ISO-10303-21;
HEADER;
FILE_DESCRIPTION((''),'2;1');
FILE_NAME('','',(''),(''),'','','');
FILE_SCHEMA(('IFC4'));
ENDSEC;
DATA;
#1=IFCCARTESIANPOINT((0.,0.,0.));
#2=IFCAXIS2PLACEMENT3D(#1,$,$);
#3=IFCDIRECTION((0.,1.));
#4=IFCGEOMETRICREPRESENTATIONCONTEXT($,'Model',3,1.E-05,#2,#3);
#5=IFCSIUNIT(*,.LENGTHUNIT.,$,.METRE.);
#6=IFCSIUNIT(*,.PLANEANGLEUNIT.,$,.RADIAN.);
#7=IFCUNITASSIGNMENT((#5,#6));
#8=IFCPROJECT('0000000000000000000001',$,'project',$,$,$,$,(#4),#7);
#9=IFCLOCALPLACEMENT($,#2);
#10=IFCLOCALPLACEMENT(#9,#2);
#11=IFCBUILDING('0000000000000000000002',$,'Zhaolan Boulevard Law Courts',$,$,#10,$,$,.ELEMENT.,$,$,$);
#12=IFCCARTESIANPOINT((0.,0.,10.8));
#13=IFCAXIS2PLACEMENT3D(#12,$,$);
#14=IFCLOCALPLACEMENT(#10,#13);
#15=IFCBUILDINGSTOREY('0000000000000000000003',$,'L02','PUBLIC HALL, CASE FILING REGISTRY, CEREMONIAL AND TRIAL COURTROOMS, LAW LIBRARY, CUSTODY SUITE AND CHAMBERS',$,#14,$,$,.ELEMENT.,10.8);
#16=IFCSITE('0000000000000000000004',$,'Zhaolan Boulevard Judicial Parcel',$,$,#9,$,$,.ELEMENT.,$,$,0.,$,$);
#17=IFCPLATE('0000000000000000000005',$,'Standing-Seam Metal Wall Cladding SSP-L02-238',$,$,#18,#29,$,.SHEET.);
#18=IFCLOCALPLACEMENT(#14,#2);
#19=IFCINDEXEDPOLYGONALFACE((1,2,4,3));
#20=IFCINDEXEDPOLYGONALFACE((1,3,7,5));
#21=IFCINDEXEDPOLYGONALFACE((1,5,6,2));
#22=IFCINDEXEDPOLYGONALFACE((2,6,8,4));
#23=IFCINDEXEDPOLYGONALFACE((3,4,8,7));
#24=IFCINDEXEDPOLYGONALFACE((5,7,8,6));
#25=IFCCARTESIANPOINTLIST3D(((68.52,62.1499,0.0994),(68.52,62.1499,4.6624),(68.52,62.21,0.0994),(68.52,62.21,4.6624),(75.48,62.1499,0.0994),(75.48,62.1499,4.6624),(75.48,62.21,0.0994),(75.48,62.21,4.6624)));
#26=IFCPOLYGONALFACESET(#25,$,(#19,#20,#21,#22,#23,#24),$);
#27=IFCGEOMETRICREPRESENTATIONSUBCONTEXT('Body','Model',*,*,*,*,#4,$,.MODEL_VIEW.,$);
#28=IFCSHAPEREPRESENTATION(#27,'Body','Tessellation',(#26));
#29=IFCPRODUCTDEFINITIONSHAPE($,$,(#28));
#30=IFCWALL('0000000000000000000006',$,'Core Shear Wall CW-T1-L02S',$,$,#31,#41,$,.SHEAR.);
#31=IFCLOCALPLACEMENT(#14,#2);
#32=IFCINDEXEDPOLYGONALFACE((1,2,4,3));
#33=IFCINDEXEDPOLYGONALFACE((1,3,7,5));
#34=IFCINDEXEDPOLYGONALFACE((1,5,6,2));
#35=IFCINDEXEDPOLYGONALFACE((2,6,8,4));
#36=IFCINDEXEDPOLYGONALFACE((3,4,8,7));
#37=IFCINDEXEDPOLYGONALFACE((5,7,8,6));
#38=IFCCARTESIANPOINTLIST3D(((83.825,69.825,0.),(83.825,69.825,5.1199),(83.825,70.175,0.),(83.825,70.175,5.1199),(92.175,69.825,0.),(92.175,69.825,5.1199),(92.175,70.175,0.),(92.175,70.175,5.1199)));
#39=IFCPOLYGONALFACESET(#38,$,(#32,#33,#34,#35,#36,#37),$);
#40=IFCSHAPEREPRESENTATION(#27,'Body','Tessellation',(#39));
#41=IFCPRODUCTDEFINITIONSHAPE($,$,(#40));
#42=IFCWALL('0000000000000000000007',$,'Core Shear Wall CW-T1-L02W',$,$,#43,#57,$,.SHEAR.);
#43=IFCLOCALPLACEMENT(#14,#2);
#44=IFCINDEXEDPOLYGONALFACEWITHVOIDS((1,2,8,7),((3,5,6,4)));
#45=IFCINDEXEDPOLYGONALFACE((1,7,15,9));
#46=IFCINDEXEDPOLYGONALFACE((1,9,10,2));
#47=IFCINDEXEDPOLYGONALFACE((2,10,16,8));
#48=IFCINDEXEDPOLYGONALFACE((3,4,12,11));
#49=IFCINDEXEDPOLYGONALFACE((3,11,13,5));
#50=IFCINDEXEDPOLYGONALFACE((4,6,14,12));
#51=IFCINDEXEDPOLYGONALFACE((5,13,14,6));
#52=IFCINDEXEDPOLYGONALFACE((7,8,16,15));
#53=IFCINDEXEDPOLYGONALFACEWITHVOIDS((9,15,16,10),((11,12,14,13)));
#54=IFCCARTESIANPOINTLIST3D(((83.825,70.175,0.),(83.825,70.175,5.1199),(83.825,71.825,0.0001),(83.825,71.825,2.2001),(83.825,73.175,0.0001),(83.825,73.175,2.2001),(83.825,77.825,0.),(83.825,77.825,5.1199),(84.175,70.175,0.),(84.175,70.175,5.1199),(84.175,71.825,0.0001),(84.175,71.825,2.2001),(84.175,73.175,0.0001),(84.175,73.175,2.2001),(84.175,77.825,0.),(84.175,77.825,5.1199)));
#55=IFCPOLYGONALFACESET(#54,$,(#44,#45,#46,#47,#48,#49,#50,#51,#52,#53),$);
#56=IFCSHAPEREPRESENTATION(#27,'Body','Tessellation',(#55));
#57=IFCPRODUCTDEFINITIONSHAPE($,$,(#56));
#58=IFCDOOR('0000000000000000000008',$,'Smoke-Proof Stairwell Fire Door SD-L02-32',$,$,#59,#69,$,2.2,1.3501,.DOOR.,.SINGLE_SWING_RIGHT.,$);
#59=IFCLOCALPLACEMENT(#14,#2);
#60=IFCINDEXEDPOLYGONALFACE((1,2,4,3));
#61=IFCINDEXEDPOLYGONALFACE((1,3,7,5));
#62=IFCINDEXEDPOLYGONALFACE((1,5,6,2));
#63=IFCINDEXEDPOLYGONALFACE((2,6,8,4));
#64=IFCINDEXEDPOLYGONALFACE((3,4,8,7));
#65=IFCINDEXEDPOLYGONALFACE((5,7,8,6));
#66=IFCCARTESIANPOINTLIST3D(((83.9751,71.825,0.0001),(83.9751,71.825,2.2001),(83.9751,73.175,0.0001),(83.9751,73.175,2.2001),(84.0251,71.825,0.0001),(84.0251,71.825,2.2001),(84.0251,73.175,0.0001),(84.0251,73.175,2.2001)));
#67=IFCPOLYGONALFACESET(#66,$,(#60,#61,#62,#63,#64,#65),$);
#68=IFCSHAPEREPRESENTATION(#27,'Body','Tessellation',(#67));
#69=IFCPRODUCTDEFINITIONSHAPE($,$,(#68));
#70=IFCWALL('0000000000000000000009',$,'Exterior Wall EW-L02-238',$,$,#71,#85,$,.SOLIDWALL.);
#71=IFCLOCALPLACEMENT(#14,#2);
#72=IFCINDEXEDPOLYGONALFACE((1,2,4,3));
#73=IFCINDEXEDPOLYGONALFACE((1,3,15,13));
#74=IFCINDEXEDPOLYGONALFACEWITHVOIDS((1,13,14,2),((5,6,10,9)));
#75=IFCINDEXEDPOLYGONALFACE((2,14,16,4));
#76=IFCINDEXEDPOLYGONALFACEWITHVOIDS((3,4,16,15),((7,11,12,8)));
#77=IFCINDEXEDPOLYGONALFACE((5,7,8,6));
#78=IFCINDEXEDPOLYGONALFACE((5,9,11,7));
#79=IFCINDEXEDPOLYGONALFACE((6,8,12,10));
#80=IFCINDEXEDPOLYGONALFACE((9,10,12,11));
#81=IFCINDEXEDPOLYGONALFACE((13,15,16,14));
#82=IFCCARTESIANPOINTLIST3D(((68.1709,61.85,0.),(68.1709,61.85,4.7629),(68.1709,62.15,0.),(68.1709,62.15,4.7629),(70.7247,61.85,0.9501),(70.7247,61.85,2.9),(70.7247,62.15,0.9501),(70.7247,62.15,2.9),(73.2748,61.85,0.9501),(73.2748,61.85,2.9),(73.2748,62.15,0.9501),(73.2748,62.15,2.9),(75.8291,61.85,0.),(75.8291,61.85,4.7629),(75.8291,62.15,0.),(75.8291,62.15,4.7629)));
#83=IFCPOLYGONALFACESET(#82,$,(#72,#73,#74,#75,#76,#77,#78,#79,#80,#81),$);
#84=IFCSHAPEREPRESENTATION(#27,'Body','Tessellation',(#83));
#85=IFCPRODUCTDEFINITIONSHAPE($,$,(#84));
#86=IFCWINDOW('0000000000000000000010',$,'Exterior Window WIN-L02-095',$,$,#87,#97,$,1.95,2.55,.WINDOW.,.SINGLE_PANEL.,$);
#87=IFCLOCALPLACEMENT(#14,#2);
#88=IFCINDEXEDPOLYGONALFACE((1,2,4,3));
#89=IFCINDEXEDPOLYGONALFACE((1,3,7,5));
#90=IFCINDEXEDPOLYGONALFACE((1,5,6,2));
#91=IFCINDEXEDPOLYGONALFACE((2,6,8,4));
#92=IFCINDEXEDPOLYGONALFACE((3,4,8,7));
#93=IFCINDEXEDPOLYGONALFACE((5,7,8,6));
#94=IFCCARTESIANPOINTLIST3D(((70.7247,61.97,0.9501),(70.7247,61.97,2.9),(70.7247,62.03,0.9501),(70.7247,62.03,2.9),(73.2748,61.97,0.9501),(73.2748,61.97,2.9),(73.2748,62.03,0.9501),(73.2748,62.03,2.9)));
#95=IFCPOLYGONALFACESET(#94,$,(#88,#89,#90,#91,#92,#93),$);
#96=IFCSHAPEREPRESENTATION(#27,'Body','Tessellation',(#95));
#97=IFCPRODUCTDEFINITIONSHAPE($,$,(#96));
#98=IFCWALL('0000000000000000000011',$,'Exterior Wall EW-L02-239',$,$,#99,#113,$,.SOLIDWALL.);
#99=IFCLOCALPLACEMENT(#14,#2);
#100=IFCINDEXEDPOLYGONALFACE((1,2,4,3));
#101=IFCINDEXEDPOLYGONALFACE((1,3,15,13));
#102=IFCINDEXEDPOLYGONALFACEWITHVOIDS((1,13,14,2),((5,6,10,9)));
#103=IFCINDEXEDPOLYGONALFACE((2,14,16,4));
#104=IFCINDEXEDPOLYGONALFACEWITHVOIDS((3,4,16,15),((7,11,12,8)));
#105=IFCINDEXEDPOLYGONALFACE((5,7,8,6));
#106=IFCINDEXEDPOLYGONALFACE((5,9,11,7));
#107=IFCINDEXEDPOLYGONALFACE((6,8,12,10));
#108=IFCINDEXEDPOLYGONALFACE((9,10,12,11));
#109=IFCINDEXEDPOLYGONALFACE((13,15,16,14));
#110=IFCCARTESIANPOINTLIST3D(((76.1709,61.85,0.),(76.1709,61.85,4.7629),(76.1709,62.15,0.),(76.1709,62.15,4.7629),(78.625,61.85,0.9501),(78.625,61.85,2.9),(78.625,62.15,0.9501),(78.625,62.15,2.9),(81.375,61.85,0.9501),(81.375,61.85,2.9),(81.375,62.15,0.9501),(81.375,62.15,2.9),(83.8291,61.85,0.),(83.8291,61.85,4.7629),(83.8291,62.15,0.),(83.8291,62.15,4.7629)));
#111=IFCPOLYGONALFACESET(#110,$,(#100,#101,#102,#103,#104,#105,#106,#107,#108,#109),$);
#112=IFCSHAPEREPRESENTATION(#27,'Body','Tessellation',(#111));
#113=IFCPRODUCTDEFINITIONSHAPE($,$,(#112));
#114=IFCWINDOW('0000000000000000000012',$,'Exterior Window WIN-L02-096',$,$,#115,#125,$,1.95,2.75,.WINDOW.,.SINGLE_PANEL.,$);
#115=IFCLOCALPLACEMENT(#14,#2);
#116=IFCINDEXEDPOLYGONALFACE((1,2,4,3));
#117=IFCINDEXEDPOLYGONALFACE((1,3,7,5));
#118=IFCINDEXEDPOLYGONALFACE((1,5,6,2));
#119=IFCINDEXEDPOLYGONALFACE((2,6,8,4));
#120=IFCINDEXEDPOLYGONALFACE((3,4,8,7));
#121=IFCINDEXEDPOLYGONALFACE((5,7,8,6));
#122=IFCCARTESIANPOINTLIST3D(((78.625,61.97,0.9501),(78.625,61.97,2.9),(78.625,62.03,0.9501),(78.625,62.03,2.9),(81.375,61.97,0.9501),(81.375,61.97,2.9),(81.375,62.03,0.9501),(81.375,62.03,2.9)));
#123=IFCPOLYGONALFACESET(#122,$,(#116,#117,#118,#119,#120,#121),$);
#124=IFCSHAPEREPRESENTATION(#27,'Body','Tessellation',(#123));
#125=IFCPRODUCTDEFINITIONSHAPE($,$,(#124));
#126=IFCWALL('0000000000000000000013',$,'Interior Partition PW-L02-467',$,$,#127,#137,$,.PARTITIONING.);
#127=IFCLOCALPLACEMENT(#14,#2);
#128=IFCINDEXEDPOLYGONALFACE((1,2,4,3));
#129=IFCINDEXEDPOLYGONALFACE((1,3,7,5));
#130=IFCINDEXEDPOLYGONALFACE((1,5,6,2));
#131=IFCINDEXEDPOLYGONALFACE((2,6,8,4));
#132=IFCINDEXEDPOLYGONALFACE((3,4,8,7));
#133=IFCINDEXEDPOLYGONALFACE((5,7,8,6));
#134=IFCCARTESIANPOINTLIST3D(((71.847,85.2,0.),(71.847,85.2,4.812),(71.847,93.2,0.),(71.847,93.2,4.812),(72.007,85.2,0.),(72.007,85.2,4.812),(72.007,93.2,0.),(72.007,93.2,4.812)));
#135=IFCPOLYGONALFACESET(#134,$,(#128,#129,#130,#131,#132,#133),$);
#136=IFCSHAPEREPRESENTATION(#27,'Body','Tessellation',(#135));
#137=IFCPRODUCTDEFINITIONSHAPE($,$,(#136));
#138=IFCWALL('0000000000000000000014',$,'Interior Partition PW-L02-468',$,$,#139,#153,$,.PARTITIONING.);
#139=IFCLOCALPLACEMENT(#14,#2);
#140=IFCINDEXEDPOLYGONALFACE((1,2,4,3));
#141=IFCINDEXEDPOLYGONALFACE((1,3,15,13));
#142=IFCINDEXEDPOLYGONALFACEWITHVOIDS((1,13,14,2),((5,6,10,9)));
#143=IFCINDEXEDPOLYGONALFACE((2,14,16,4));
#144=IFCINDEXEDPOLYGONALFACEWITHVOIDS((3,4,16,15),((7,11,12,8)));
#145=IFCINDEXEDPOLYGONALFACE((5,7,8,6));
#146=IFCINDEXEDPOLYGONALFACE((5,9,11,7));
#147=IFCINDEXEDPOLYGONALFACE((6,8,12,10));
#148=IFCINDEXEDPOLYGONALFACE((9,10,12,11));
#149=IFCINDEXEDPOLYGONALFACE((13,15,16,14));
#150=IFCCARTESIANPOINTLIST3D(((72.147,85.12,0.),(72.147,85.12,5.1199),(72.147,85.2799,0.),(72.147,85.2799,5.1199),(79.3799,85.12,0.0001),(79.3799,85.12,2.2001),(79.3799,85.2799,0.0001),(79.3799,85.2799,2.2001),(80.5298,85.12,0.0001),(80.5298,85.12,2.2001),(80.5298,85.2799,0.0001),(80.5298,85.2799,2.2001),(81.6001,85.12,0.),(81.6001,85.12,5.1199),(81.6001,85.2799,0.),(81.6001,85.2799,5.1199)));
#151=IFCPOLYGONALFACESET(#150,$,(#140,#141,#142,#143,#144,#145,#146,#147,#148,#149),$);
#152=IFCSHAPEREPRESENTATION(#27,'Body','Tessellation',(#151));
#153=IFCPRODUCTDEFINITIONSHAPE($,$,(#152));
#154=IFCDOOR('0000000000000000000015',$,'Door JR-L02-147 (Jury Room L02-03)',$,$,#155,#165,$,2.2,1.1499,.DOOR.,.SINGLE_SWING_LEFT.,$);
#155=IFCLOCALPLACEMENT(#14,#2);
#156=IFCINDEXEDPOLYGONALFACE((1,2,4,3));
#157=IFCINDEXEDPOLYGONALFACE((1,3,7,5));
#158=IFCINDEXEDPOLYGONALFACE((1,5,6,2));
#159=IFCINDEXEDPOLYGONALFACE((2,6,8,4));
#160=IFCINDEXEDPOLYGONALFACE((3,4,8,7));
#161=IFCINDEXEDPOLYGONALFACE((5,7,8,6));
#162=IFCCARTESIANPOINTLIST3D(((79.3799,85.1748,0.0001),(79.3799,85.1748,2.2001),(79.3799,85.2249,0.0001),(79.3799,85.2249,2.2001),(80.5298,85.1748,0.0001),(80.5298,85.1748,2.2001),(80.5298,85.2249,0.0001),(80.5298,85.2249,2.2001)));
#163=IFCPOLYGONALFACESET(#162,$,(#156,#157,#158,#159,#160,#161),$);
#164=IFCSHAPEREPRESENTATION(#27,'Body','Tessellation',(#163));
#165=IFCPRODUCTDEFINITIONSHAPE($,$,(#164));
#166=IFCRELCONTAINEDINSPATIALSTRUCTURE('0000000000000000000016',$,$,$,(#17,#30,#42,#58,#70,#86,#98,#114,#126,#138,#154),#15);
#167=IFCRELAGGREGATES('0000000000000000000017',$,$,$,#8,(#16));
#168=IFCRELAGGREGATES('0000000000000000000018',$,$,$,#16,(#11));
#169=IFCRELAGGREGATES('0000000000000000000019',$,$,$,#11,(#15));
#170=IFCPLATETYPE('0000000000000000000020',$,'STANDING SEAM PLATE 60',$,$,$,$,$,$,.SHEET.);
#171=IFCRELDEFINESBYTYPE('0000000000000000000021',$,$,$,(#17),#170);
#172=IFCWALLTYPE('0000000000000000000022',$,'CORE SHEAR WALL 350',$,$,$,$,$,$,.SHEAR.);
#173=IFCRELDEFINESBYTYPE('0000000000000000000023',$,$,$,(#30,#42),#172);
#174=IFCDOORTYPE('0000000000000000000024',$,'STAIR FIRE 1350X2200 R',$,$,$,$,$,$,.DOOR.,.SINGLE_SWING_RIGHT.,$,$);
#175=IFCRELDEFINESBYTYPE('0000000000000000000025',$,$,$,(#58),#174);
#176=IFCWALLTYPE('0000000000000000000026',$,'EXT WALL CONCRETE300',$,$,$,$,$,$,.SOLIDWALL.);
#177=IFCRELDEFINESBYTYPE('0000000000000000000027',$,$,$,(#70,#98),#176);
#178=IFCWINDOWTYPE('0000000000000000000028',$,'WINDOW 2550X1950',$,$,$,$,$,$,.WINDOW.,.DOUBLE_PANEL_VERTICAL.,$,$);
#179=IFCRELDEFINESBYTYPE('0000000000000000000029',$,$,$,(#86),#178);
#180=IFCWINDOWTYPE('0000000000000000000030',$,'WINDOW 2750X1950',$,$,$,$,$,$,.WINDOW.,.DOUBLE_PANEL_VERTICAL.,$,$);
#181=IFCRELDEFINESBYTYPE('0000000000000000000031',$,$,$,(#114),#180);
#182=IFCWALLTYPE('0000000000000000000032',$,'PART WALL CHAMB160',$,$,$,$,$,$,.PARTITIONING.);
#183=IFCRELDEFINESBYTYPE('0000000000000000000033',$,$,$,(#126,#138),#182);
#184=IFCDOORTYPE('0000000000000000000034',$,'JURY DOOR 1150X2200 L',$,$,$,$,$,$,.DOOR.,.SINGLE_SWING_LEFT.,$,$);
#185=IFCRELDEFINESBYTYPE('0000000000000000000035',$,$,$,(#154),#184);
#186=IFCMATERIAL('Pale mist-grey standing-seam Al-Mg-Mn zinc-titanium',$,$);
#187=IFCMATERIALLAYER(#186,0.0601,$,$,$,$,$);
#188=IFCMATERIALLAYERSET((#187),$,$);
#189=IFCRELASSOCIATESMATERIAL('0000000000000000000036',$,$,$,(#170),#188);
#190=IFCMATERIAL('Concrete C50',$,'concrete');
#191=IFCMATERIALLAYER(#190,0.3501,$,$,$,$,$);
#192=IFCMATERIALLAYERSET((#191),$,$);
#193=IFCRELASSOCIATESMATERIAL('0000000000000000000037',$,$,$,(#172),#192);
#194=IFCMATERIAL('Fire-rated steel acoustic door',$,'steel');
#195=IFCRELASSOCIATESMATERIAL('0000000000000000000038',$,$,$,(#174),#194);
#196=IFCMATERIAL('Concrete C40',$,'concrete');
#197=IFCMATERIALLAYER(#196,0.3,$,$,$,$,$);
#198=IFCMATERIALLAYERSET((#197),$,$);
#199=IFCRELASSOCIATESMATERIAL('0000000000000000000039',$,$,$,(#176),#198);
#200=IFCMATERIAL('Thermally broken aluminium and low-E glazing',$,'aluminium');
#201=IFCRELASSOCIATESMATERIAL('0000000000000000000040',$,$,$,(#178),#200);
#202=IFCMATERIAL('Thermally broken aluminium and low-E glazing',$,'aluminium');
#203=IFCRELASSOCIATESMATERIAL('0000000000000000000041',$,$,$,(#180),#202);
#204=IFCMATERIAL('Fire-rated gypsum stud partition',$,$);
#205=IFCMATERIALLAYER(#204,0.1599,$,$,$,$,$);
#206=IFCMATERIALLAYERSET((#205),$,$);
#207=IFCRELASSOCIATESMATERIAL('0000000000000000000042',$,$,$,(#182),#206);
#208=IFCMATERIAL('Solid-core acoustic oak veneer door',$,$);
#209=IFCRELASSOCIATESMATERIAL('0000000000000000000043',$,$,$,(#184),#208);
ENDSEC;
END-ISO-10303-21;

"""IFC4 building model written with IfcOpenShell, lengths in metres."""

from ifc_helpers import new_model, si_unit, direction, frame, frame_2d, origin, origin_2d, place, context, subcontext, project, spatial, rectangle, extrude, material, layer, layer_set, type_object, element, fill, save


model = new_model("IFC4")

# Units and contexts
model_context = context("Model", 3, precision=1e-05, world=origin(), true_north=direction((0.0, 1.0)))
body_context = subcontext(model_context, "Body", "Model", "MODEL_VIEW")
ifc_project = project(units=[si_unit("LENGTHUNIT", "METRE"), si_unit("PLANEANGLEUNIT", "RADIAN")], contexts=[model_context])

# Site, building, storey
site_placement = place(None, origin())
site = spatial("IfcSite", under=ifc_project, at=site_placement, Name="Zhaolan Boulevard Judicial Parcel", CompositionType="ELEMENT", RefElevation=0.0)
building_placement = place(site_placement, origin())
building = spatial("IfcBuilding", under=site, at=building_placement, Name="Zhaolan Boulevard Law Courts", CompositionType="ELEMENT")
storey_placement = place(building_placement, frame((0.0, 0.0, 10.8)))
storey = spatial("IfcBuildingStorey", under=building, at=storey_placement, Name="L02", Description="PUBLIC HALL, CASE FILING REGISTRY, CEREMONIAL AND TRIAL COURTROOMS, LAW LIBRARY, CUSTODY SUITE AND CHAMBERS", CompositionType="ELEMENT", Elevation=10.8)

# Plate
ifc_material_1 = material(Name="Pale mist-grey standing-seam Al-Mg-Mn zinc-titanium")
ifc_layer_1 = layer(ifc_material_1, 0.0601)
ifc_layer_set_1 = layer_set([ifc_layer_1])
plate_type = type_object("IfcPlateType", Name="STANDING SEAM PLATE 60", PredefinedType="SHEET", material=ifc_layer_set_1)
plate_placement = place(storey_placement, frame((72.0, 62.1799, 0.0994), z_axis=(0.0, 0.0, 1.0), x_axis=(1.0, 0.0, 0.0)))
element("IfcPlate", 1, at=plate_placement, inside=storey, type_object=plate_type, Name="Standing-Seam Metal Wall Cladding SSP-L02-238", PredefinedType="SHEET", context=body_context, shape_type="SweptSolid", body=[
    extrude(rectangle(XDim=6.96, YDim=0.0601, at=origin_2d()), origin(), (0.0, 0.0, 1.0), 4.563),
])

# Wall
ifc_material_2 = material(Name="Concrete C50", Category="concrete")
ifc_layer_2 = layer(ifc_material_2, 0.3501)
ifc_layer_set_2 = layer_set([ifc_layer_2])
wall_type_1 = type_object("IfcWallType", Name="CORE SHEAR WALL 350", PredefinedType="SHEAR", material=ifc_layer_set_2)
wall_1_placement = place(storey_placement, frame((83.825, 70.0, 0.0), z_axis=(0.0, 0.0, 1.0), x_axis=(1.0, 0.0, 0.0)))
element("IfcWall", 2, at=wall_1_placement, inside=storey, type_object=wall_type_1, Name="Core Shear Wall CW-T1-L02S", PredefinedType="SHEAR", context=body_context, shape_type="SweptSolid", body=[
    extrude(rectangle(XDim=8.3501, YDim=0.3501, at=frame_2d((4.175, 0.0))), origin(), (0.0, 0.0, 1.0), 5.1199),
])

# Wall, opening, door
wall_2_placement = place(storey_placement, frame((84.0, 70.175, 0.0), z_axis=(0.0, 0.0, 1.0), x_axis=(0.0, 1.0, 0.0)))
wall_2 = element("IfcWall", 3, at=wall_2_placement, inside=storey, type_object=wall_type_1, Name="Core Shear Wall CW-T1-L02W", PredefinedType="SHEAR", context=body_context, shape_type="SweptSolid", body=[
    extrude(rectangle(XDim=7.6499, YDim=0.3501, at=frame_2d((3.825, 0.0))), origin(), (0.0, 0.0, 1.0), 5.1199),
])
opening_1_placement = place(wall_2_placement, frame((1.6499, 0.0, 0.0)))
opening_1 = element("IfcOpeningElement", 4, at=opening_1_placement, cuts=wall_2, PredefinedType="OPENING", context=body_context, shape_type="SweptSolid", body=[
    extrude(rectangle(XDim=1.3501, YDim=2.2, at=frame_2d((0.675, 1.1001))), frame((0.0, 0.1851, 0.0), z_axis=(0.0, -1.0, 0.0), x_axis=(1.0, 0.0, 0.0)), (0.0, 0.0, 1.0), 0.3701),
])
ifc_material_3 = material(Name="Fire-rated steel acoustic door", Category="steel")
door_type_1 = type_object("IfcDoorType", Name="STAIR FIRE 1350X2200 R", OperationType="SINGLE_SWING_RIGHT", PredefinedType="DOOR", material=ifc_material_3)
door_1_placement = place(opening_1_placement, origin())
door_1 = element("IfcDoor", 5, at=door_1_placement, inside=storey, type_object=door_type_1, Name="Smoke-Proof Stairwell Fire Door SD-L02-32", OperationType="SINGLE_SWING_RIGHT", OverallHeight=2.2, OverallWidth=1.3501, PredefinedType="DOOR", context=body_context, shape_type="SweptSolid", body=[
    extrude(rectangle(XDim=1.3501, YDim=2.2, at=frame_2d((0.675, 1.1001))), frame((0.0, 0.0249, 0.0), z_axis=(0.0, -1.0, 0.0), x_axis=(1.0, 0.0, 0.0)), (0.0, 0.0, 1.0), 0.05),
])
fill(opening_1, door_1)

# Walls, openings, windows
ifc_material_4 = material(Name="Concrete C40", Category="concrete")
ifc_layer_3 = layer(ifc_material_4, 0.3)
ifc_layer_set_3 = layer_set([ifc_layer_3])
wall_type_2 = type_object("IfcWallType", Name="EXT WALL CONCRETE300", PredefinedType="SOLIDWALL", material=ifc_layer_set_3)
wall_3_placement = place(storey_placement, frame((68.1709, 62.0, 0.0), z_axis=(0.0, 0.0, 1.0), x_axis=(1.0, 0.0, 0.0)))
wall_3 = element("IfcWall", 6, at=wall_3_placement, inside=storey, type_object=wall_type_2, Name="Exterior Wall EW-L02-238", PredefinedType="SOLIDWALL", context=body_context, shape_type="SweptSolid", body=[
    extrude(rectangle(XDim=7.6582, YDim=0.3, at=frame_2d((3.8291, 0.0))), origin(), (0.0, 0.0, 1.0), 4.7629),
])
opening_2_placement = place(wall_3_placement, frame((2.554, 0.0, 0.95)))
opening_2 = element("IfcOpeningElement", 7, at=opening_2_placement, cuts=wall_3, PredefinedType="OPENING", context=body_context, shape_type="SweptSolid", body=[
    extrude(rectangle(XDim=2.55, YDim=1.95, at=frame_2d((1.2749, 0.9751))), frame((0.0, 0.1599, 0.0), z_axis=(0.0, -1.0, 0.0), x_axis=(1.0, 0.0, 0.0)), (0.0, 0.0, 1.0), 0.3201),
])
ifc_material_5 = material(Name="Thermally broken aluminium and low-E glazing", Category="aluminium")
window_type_1 = type_object("IfcWindowType", Name="WINDOW 2550X1950", PartitioningType="DOUBLE_PANEL_VERTICAL", PredefinedType="WINDOW", material=ifc_material_5)
window_1_placement = place(opening_2_placement, origin())
window_1 = element("IfcWindow", 8, at=window_1_placement, inside=storey, type_object=window_type_1, Name="Exterior Window WIN-L02-095", OverallHeight=1.95, OverallWidth=2.55, PartitioningType="SINGLE_PANEL", PredefinedType="WINDOW", context=body_context, shape_type="SweptSolid", body=[
    extrude(rectangle(XDim=2.55, YDim=1.95, at=frame_2d((1.2749, 0.9751))), frame((0.0, 0.03, 0.0), z_axis=(0.0, -1.0, 0.0), x_axis=(1.0, 0.0, 0.0)), (0.0, 0.0, 1.0), 0.0601),
])
fill(opening_2, window_1)
wall_4_placement = place(storey_placement, frame((76.1709, 62.0, 0.0), z_axis=(0.0, 0.0, 1.0), x_axis=(1.0, 0.0, 0.0)))
wall_4 = element("IfcWall", 9, at=wall_4_placement, inside=storey, type_object=wall_type_2, Name="Exterior Wall EW-L02-239", PredefinedType="SOLIDWALL", context=body_context, shape_type="SweptSolid", body=[
    extrude(rectangle(XDim=7.6582, YDim=0.3, at=frame_2d((3.8291, 0.0))), origin(), (0.0, 0.0, 1.0), 4.7629),
])
opening_3_placement = place(wall_4_placement, frame((2.4541, 0.0, 0.95)))
opening_3 = element("IfcOpeningElement", 10, at=opening_3_placement, cuts=wall_4, PredefinedType="OPENING", context=body_context, shape_type="SweptSolid", body=[
    extrude(rectangle(XDim=2.75, YDim=1.95, at=frame_2d((1.375, 0.9751))), frame((0.0, 0.1599, 0.0), z_axis=(0.0, -1.0, 0.0), x_axis=(1.0, 0.0, 0.0)), (0.0, 0.0, 1.0), 0.3201),
])
ifc_material_6 = material(Name="Thermally broken aluminium and low-E glazing", Category="aluminium")
window_type_2 = type_object("IfcWindowType", Name="WINDOW 2750X1950", PartitioningType="DOUBLE_PANEL_VERTICAL", PredefinedType="WINDOW", material=ifc_material_6)
window_2_placement = place(opening_3_placement, origin())
window_2 = element("IfcWindow", 11, at=window_2_placement, inside=storey, type_object=window_type_2, Name="Exterior Window WIN-L02-096", OverallHeight=1.95, OverallWidth=2.75, PartitioningType="SINGLE_PANEL", PredefinedType="WINDOW", context=body_context, shape_type="SweptSolid", body=[
    extrude(rectangle(XDim=2.75, YDim=1.95, at=frame_2d((1.375, 0.9751))), frame((0.0, 0.03, 0.0), z_axis=(0.0, -1.0, 0.0), x_axis=(1.0, 0.0, 0.0)), (0.0, 0.0, 1.0), 0.0601),
])
fill(opening_3, window_2)

# Wall
ifc_material_7 = material(Name="Fire-rated gypsum stud partition")
ifc_layer_4 = layer(ifc_material_7, 0.1599)
ifc_layer_set_4 = layer_set([ifc_layer_4])
wall_type_3 = type_object("IfcWallType", Name="PART WALL CHAMB160", PredefinedType="PARTITIONING", material=ifc_layer_set_4)
wall_5_placement = place(storey_placement, frame((71.927, 85.2, 0.0), z_axis=(0.0, 0.0, 1.0), x_axis=(0.0, 1.0, 0.0)))
element("IfcWall", 12, at=wall_5_placement, inside=storey, type_object=wall_type_3, Name="Interior Partition PW-L02-467", PredefinedType="PARTITIONING", context=body_context, shape_type="SweptSolid", body=[
    extrude(rectangle(XDim=8.0, YDim=0.1599, at=frame_2d((4.0, 0.0))), origin(), (0.0, 0.0, 1.0), 4.812),
])

# Wall, opening, door
wall_6_placement = place(storey_placement, frame((72.147, 85.2, 0.0), z_axis=(0.0, 0.0, 1.0), x_axis=(1.0, 0.0, 0.0)))
wall_6 = element("IfcWall", 13, at=wall_6_placement, inside=storey, type_object=wall_type_3, Name="Interior Partition PW-L02-468", PredefinedType="PARTITIONING", context=body_context, shape_type="SweptSolid", body=[
    extrude(rectangle(XDim=9.4531, YDim=0.1599, at=frame_2d((4.7266, 0.0))), origin(), (0.0, 0.0, 1.0), 5.1199),
])
opening_4_placement = place(wall_6_placement, frame((7.2329, 0.0, 0.0)))
opening_4 = element("IfcOpeningElement", 14, at=opening_4_placement, cuts=wall_6, PredefinedType="OPENING", context=body_context, shape_type="SweptSolid", body=[
    extrude(rectangle(XDim=1.1499, YDim=2.2, at=frame_2d((0.575, 1.1001))), frame((0.0, 0.0898, 0.0), z_axis=(0.0, -1.0, 0.0), x_axis=(1.0, 0.0, 0.0)), (0.0, 0.0, 1.0), 0.1799),
])
ifc_material_8 = material(Name="Solid-core acoustic oak veneer door")
door_type_2 = type_object("IfcDoorType", Name="JURY DOOR 1150X2200 L", OperationType="SINGLE_SWING_LEFT", PredefinedType="DOOR", material=ifc_material_8)
door_2_placement = place(opening_4_placement, origin())
door_2 = element("IfcDoor", 15, at=door_2_placement, inside=storey, type_object=door_type_2, Name="Door JR-L02-147 (Jury Room L02-03)", OperationType="SINGLE_SWING_LEFT", OverallHeight=2.2, OverallWidth=1.1499, PredefinedType="DOOR", context=body_context, shape_type="SweptSolid", body=[
    extrude(rectangle(XDim=1.1499, YDim=2.2, at=frame_2d((0.575, 1.1001))), frame((0.0, 0.0249, 0.0), z_axis=(0.0, -1.0, 0.0), x_axis=(1.0, 0.0, 0.0)), (0.0, 0.0, 1.0), 0.05),
])
fill(opening_4, door_2)

save(model, "model.ifc")
